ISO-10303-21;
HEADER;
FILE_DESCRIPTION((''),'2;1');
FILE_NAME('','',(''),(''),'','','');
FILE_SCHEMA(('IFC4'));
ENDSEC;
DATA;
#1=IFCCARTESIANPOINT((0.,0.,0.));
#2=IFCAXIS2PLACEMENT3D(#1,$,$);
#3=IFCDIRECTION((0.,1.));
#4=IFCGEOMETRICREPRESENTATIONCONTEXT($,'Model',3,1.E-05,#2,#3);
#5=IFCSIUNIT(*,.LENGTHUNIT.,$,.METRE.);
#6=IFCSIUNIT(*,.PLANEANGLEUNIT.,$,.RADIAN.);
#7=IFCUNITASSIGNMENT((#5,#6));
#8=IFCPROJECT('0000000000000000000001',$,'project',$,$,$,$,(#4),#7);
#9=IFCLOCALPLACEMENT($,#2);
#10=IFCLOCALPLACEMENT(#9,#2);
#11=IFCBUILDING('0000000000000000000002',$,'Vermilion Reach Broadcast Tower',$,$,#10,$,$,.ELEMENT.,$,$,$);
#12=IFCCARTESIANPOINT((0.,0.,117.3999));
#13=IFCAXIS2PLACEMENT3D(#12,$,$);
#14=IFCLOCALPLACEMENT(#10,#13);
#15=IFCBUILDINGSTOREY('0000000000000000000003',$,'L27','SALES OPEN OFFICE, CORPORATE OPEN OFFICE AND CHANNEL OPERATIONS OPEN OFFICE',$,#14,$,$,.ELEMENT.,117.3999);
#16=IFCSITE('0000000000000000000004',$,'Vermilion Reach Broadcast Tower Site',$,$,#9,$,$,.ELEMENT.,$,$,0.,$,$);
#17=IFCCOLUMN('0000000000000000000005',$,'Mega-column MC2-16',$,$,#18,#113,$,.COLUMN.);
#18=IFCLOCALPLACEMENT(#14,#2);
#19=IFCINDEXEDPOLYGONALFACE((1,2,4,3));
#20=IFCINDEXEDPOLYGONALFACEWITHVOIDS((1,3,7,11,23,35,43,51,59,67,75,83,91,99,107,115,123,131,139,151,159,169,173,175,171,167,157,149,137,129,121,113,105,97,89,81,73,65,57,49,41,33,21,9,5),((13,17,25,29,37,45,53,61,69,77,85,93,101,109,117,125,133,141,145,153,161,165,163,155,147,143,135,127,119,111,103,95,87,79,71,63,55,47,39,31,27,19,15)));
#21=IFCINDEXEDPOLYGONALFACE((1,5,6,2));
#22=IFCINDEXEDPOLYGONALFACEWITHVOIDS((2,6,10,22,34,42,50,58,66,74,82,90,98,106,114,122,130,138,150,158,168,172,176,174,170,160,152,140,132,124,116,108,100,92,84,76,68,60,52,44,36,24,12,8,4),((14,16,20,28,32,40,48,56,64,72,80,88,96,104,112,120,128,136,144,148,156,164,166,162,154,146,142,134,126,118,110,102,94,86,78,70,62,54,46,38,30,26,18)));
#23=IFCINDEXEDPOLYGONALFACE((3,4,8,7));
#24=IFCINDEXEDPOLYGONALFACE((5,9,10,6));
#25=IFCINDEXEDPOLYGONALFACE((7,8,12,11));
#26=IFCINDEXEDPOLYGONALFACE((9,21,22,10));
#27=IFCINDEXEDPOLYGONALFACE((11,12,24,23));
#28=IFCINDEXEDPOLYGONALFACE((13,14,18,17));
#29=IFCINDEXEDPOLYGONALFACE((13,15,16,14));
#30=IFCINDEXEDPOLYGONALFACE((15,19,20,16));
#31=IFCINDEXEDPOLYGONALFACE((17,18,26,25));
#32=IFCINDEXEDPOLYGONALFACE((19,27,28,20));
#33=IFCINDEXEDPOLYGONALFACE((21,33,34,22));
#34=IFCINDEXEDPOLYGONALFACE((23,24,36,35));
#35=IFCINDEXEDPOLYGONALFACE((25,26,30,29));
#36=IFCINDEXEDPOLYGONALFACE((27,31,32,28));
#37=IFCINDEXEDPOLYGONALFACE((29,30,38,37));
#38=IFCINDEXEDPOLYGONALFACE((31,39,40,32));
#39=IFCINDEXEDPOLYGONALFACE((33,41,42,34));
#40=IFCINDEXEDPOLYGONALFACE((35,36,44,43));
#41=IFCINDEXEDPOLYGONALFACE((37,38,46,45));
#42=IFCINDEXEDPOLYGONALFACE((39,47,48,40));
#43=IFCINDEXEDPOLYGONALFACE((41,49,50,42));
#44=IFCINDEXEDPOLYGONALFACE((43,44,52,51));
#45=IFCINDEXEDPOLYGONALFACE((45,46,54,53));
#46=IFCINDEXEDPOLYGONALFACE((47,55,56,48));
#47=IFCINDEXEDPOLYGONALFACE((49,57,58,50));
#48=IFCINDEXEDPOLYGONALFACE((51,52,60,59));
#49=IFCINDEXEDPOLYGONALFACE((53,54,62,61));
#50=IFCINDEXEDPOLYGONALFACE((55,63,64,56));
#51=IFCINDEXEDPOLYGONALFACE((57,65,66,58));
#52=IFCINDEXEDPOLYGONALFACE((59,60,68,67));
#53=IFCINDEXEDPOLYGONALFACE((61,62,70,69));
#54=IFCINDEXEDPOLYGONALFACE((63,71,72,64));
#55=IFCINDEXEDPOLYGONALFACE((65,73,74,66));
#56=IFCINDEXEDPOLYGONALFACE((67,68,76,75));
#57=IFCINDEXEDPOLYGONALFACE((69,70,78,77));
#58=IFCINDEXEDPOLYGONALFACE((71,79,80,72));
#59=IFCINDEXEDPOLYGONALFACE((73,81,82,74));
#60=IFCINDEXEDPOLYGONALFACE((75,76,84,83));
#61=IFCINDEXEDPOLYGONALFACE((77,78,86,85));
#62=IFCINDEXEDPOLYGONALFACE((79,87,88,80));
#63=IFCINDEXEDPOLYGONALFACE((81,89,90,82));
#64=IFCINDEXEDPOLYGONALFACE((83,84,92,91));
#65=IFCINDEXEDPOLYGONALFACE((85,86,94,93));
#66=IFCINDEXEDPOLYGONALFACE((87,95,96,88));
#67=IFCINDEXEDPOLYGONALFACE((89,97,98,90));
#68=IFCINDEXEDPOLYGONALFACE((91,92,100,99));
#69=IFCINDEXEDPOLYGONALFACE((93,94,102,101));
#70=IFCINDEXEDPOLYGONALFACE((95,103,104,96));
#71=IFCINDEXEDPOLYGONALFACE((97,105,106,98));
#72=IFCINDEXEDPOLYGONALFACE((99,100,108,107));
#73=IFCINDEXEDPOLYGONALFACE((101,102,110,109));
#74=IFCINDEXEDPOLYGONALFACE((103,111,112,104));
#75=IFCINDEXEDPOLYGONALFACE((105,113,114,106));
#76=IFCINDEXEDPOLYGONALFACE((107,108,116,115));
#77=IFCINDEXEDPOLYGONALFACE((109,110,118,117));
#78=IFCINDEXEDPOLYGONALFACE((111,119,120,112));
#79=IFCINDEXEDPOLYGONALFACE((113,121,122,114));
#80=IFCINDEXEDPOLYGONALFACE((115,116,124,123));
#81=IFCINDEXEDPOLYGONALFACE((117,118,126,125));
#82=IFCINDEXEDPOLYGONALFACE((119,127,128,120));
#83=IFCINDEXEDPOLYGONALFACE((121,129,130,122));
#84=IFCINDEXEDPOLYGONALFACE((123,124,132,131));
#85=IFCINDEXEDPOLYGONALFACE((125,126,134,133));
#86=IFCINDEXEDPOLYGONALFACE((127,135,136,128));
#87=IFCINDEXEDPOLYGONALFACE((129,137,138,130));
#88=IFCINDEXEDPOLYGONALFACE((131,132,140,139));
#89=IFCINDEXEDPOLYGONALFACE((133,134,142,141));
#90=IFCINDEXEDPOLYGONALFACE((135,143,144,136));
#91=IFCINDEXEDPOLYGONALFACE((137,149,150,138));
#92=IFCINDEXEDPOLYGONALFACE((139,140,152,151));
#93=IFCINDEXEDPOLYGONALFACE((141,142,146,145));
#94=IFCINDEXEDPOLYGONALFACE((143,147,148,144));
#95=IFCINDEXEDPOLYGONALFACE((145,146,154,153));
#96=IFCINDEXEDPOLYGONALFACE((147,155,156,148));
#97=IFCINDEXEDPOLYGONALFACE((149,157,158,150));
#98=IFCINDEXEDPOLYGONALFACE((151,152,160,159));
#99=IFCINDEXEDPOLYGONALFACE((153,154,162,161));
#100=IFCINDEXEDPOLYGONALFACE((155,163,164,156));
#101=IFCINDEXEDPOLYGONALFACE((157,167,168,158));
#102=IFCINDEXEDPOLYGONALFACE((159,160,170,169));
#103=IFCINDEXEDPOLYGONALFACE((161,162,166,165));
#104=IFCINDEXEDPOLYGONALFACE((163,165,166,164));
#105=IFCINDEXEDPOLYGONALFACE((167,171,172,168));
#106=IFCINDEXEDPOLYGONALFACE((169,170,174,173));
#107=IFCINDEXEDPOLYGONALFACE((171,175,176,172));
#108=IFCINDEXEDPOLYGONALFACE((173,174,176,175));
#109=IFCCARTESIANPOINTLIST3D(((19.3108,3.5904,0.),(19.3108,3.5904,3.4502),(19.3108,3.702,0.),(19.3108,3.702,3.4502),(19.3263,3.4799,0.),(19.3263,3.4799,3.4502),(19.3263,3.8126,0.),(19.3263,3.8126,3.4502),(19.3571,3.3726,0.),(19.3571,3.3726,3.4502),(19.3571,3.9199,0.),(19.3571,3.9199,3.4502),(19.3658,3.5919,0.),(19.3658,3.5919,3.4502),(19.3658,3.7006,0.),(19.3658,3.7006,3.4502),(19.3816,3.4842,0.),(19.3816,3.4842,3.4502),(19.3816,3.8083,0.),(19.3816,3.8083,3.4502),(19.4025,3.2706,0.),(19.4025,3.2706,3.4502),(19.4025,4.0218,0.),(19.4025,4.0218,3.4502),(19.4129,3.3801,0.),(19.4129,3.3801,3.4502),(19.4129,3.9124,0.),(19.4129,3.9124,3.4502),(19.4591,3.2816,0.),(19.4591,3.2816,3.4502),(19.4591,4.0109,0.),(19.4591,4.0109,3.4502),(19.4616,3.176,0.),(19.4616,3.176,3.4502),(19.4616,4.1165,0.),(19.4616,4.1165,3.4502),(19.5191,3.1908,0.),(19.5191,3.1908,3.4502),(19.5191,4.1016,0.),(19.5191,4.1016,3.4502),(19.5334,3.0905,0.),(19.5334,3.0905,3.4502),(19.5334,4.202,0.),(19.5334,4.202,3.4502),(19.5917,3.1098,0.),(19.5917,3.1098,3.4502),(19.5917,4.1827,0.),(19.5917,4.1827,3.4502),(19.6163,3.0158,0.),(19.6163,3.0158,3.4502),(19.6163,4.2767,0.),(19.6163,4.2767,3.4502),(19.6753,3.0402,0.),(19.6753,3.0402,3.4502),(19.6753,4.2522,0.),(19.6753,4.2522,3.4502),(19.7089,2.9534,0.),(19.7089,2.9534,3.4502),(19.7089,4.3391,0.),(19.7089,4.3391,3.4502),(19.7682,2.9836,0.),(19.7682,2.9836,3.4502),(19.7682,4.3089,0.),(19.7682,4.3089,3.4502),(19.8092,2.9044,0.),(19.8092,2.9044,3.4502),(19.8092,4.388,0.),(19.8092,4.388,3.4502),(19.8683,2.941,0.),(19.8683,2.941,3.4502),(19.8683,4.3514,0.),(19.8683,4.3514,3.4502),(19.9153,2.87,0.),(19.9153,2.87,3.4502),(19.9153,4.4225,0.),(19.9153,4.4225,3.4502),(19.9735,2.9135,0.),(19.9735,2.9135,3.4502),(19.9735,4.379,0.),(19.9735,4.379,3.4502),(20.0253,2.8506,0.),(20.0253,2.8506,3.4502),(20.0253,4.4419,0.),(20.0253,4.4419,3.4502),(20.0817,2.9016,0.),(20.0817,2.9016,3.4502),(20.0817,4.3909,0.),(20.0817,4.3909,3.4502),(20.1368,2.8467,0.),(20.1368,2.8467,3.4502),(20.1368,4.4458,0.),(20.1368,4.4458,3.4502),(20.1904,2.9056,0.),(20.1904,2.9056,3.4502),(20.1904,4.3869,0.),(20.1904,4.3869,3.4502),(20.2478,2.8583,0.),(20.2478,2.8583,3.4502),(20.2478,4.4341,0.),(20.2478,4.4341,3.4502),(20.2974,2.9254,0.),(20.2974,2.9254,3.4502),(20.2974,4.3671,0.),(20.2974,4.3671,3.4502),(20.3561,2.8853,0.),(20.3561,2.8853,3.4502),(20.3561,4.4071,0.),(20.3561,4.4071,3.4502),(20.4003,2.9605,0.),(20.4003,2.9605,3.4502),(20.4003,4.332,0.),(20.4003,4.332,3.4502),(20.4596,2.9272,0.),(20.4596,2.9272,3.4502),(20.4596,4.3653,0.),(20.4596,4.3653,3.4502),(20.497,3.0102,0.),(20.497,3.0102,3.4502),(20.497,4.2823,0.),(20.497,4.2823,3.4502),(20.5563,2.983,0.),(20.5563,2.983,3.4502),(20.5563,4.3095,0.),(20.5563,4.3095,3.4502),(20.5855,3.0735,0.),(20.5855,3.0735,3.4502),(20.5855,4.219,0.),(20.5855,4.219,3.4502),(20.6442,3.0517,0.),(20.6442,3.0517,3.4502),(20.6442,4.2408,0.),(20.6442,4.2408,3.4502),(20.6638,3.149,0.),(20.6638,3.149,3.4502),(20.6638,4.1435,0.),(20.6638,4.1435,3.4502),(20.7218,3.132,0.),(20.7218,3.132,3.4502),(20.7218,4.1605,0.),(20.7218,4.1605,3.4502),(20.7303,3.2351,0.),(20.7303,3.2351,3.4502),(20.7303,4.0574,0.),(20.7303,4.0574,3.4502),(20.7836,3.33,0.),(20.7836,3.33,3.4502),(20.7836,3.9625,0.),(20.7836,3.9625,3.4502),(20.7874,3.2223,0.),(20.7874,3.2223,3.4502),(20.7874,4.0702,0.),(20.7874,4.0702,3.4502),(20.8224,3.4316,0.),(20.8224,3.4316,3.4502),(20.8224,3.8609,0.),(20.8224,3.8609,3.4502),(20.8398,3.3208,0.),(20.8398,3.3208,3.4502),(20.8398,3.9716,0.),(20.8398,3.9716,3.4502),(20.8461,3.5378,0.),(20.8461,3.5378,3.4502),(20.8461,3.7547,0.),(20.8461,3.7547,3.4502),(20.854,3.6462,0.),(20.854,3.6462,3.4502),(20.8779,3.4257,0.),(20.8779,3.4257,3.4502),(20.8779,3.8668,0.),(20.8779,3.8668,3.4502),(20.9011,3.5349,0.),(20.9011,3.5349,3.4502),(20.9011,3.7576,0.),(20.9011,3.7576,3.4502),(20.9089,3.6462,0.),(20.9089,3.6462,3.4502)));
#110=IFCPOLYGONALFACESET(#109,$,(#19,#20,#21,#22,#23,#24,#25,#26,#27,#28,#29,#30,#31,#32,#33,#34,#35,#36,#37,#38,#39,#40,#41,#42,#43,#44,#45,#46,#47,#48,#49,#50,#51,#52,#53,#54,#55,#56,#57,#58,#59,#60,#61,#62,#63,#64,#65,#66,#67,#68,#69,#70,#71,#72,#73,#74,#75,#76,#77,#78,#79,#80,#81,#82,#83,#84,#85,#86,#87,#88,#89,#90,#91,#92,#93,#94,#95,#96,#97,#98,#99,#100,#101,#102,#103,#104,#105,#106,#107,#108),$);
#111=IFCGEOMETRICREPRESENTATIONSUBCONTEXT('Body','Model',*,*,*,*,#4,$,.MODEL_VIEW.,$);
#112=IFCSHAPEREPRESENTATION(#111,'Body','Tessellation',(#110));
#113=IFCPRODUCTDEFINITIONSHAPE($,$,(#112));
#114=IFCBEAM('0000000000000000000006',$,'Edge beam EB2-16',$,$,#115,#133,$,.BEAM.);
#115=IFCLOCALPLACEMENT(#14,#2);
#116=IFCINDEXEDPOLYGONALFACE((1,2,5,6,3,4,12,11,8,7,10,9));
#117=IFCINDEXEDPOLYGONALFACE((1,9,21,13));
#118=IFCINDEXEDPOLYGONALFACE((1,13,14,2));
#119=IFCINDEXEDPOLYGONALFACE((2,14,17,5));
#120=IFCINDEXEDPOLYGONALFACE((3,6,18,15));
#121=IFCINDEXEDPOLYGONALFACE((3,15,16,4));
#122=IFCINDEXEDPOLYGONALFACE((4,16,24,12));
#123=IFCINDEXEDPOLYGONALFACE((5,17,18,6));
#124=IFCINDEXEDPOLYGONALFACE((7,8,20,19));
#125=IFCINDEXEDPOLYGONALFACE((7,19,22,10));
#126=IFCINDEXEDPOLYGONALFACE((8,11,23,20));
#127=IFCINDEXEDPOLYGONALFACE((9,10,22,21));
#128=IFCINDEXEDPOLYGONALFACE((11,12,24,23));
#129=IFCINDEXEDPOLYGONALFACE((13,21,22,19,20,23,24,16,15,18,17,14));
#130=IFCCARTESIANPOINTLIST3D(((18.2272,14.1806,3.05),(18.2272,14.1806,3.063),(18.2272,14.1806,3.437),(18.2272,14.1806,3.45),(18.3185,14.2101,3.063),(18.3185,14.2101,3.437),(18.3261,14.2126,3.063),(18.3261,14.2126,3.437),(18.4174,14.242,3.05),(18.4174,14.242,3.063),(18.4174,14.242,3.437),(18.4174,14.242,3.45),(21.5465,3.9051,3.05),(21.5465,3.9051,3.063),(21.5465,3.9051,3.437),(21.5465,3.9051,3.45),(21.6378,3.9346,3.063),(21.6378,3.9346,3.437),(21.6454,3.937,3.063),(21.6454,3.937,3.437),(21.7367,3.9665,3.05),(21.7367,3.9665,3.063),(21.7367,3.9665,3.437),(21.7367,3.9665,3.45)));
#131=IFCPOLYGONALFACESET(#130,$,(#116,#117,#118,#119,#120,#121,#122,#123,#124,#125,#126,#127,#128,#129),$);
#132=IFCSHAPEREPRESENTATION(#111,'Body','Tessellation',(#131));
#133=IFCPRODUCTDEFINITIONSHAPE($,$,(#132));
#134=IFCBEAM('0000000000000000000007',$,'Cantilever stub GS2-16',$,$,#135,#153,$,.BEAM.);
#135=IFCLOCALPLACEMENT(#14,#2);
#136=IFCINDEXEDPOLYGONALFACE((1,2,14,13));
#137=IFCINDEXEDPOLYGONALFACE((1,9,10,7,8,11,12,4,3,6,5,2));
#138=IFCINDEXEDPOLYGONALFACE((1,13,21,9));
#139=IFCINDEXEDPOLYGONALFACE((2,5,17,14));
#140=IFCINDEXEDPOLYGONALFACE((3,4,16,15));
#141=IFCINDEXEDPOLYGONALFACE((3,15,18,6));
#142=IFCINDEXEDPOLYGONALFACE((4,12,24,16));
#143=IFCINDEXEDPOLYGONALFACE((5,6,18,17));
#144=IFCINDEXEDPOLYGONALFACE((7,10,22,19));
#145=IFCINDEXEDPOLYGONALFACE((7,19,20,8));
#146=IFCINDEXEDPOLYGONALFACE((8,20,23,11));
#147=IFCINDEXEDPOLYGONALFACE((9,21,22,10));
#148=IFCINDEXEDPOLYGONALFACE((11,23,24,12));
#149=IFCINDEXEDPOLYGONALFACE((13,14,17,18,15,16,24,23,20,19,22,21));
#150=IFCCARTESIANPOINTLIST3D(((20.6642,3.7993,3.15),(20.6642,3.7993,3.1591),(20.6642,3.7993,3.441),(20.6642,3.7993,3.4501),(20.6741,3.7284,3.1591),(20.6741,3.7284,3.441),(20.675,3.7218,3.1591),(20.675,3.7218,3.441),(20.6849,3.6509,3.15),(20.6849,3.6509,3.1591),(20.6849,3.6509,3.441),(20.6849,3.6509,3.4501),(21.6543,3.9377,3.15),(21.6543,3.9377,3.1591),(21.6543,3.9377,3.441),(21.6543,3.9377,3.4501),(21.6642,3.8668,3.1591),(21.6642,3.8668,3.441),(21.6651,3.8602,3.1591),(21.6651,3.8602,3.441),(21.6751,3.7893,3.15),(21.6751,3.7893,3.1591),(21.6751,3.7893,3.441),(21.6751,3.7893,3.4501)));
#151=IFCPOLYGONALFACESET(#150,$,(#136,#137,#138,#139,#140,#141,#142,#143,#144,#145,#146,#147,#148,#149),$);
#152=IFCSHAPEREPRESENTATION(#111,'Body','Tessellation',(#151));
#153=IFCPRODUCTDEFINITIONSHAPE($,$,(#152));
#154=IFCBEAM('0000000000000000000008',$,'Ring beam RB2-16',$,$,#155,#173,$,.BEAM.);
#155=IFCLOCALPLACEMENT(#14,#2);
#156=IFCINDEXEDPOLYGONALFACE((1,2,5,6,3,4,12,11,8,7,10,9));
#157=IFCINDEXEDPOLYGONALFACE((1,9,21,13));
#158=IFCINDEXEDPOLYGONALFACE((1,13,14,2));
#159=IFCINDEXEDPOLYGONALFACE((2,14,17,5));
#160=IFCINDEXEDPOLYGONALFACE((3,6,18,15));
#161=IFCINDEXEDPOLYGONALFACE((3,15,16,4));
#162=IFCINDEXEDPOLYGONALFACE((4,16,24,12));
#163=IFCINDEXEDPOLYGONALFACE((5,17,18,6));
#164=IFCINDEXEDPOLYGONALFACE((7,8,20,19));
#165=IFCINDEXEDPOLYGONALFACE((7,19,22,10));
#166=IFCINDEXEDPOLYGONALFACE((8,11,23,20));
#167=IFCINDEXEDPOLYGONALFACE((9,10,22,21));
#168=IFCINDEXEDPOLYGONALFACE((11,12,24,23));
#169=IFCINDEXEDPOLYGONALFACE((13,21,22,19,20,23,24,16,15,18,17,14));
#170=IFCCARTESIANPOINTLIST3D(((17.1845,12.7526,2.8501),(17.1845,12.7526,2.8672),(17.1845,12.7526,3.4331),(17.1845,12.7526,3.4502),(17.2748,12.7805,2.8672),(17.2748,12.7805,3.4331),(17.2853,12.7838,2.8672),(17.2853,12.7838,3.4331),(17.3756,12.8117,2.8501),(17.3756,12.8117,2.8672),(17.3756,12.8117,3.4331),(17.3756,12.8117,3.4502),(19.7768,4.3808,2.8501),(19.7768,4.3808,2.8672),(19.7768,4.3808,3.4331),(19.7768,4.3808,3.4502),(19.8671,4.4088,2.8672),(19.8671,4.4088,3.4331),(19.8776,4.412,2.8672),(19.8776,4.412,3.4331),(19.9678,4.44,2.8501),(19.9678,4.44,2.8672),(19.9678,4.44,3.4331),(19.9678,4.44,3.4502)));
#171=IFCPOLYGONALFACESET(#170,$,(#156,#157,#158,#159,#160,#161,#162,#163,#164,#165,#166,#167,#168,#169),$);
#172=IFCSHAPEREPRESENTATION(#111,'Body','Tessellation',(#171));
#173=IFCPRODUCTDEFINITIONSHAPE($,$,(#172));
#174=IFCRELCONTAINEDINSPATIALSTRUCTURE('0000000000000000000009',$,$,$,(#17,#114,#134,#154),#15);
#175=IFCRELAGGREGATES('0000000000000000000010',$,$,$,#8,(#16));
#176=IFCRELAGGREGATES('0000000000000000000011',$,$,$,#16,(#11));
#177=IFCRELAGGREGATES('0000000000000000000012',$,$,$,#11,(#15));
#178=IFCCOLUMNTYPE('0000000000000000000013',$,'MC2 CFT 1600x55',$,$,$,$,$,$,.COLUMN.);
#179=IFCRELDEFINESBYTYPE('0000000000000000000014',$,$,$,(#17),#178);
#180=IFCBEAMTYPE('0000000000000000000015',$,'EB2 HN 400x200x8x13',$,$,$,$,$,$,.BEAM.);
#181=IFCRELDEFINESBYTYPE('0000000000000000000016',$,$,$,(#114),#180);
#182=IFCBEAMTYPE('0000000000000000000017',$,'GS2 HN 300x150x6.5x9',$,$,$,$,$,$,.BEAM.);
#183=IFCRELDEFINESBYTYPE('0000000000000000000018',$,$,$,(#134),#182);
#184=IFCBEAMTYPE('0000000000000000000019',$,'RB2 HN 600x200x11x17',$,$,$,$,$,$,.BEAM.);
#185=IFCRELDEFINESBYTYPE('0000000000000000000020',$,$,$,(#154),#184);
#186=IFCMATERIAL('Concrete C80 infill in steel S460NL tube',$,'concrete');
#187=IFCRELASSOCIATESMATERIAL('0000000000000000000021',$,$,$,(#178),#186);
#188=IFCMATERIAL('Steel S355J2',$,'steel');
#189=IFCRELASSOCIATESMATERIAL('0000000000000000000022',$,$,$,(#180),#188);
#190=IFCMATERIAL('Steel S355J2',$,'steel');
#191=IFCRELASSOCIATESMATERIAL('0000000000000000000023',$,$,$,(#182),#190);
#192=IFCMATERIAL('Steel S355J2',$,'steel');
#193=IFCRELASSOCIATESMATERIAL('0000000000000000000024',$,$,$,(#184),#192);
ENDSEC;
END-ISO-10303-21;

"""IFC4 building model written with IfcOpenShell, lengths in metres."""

from ifc_helpers import new_model, si_unit, direction, frame, origin, origin_2d, place, context, subcontext, project, spatial, hollow_circle, i_section, extrude, material, material_profile, profile_set, type_object, element, save


model = new_model("IFC4")

# Units and contexts
model_context = context("Model", 3, precision=1e-05, world=origin(), true_north=direction((0.0, 1.0)))
body_context = subcontext(model_context, "Body", "Model", "MODEL_VIEW")
ifc_project = project(units=[si_unit("LENGTHUNIT", "METRE"), si_unit("PLANEANGLEUNIT", "RADIAN")], contexts=[model_context])

# Site, building, storey
site_placement = place(None, origin())
site = spatial("IfcSite", under=ifc_project, at=site_placement, Name="Vermilion Reach Broadcast Tower Site", CompositionType="ELEMENT", RefElevation=0.0)
building_placement = place(site_placement, origin())
building = spatial("IfcBuilding", under=site, at=building_placement, Name="Vermilion Reach Broadcast Tower", CompositionType="ELEMENT")
storey_placement = place(building_placement, frame((0.0, 0.0, 117.3999)))
storey = spatial("IfcBuildingStorey", under=building, at=storey_placement, Name="L27", Description="SALES OPEN OFFICE, CORPORATE OPEN OFFICE AND CHANNEL OPERATIONS OPEN OFFICE", CompositionType="ELEMENT", Elevation=117.3999)

# Column
ifc_material_1 = material(Name="Concrete C80 infill in steel S460NL tube", Category="concrete")
ifc_material_profile_1 = material_profile(ifc_material_1, hollow_circle(Radius=0.8, WallThickness=0.0549, at=origin_2d()), Name="Concrete C80 infill in steel S460NL tube CFT 1600x55")
ifc_profile_set_1 = profile_set([ifc_material_profile_1], Name="Concrete C80 infill in steel S460NL tube")
column_type = type_object("IfcColumnType", Name="MC2 CFT 1600x55", PredefinedType="COLUMN", material=ifc_profile_set_1)
column_placement = place(storey_placement, frame((20.1089, 3.6462, 0.0), z_axis=(0.0, 0.0, 1.0), x_axis=(1.0, 0.0, 0.0)))
element("IfcColumn", 1, at=column_placement, inside=storey, type_object=column_type, Name="Mega-column MC2-16", PredefinedType="COLUMN", context=body_context, shape_type="SweptSolid", body=[
    extrude(hollow_circle(Radius=0.8, WallThickness=0.0549, at=origin_2d()), origin(), (0.0, 0.0, 1.0), 3.4502),
])

# Beams
ifc_material_2 = material(Name="Steel S355J2", Category="steel")
ifc_material_profile_2 = material_profile(ifc_material_2, i_section(OverallWidth=0.2, OverallDepth=0.3999, WebThickness=0.0081, FlangeThickness=0.0129, at=origin_2d()), Name="S355J2 HN 400x200x8x13")
ifc_profile_set_2 = profile_set([ifc_material_profile_2], Name="Steel S355J2")
beam_type_1 = type_object("IfcBeamType", Name="EB2 HN 400x200x8x13", PredefinedType="BEAM", material=ifc_profile_set_2)
beam_1_placement = place(storey_placement, frame((21.6416, 3.9358, 3.25), z_axis=(-0.30739, 0.951584, 0.0), x_axis=(-0.951584, -0.30739, 0.0)))
element("IfcBeam", 2, at=beam_1_placement, inside=storey, type_object=beam_type_1, Name="Edge beam EB2-16", PredefinedType="BEAM", context=body_context, shape_type="SweptSolid", body=[
    extrude(i_section(OverallWidth=0.2, OverallDepth=0.3999, WebThickness=0.0081, FlangeThickness=0.0129, at=origin_2d()), origin(), (0.0, 0.0, 1.0), 10.7983),
])
ifc_material_3 = material(Name="Steel S355J2", Category="steel")
ifc_material_profile_3 = material_profile(ifc_material_3, i_section(OverallWidth=0.1499, OverallDepth=0.3, WebThickness=0.0066, FlangeThickness=0.009, at=origin_2d()), Name="S355J2 HN 300x150x6.5x9")
ifc_profile_set_3 = profile_set([ifc_material_profile_3], Name="Steel S355J2")
beam_type_2 = type_object("IfcBeamType", Name="GS2 HN 300x150x6.5x9", PredefinedType="BEAM", material=ifc_profile_set_3)
beam_2_placement = place(storey_placement, frame((20.6746, 3.7251, 3.3), z_axis=(0.99037, 0.138447, 0.0), x_axis=(-0.138447, 0.99037, 0.0)))
element("IfcBeam", 3, at=beam_2_placement, inside=storey, type_object=beam_type_2, Name="Cantilever stub GS2-16", PredefinedType="BEAM", context=body_context, shape_type="SweptSolid", body=[
    extrude(i_section(OverallWidth=0.1499, OverallDepth=0.3, WebThickness=0.0066, FlangeThickness=0.009, at=origin_2d()), origin(), (0.0, 0.0, 1.0), 0.9998),
])
ifc_material_4 = material(Name="Steel S355J2", Category="steel")
ifc_material_profile_4 = material_profile(ifc_material_4, i_section(OverallWidth=0.2, OverallDepth=0.6001, WebThickness=0.011, FlangeThickness=0.0171, at=origin_2d()), Name="S355J2 HN 600x200x11x17")
ifc_profile_set_4 = profile_set([ifc_material_profile_4], Name="Steel S355J2")
beam_type_3 = type_object("IfcBeamType", Name="RB2 HN 600x200x11x17", PredefinedType="BEAM", material=ifc_profile_set_4)
beam_3_placement = place(storey_placement, frame((19.8723, 4.4104, 3.1501), z_axis=(-0.295788, 0.955253, 0.0), x_axis=(-0.955253, -0.295788, 0.0)))
element("IfcBeam", 4, at=beam_3_placement, inside=storey, type_object=beam_type_3, Name="Ring beam RB2-16", PredefinedType="BEAM", context=body_context, shape_type="SweptSolid", body=[
    extrude(i_section(OverallWidth=0.2, OverallDepth=0.6001, WebThickness=0.011, FlangeThickness=0.0171, at=origin_2d()), origin(), (0.0, 0.0, 1.0), 8.7639),
])

save(model, "model.ifc")
